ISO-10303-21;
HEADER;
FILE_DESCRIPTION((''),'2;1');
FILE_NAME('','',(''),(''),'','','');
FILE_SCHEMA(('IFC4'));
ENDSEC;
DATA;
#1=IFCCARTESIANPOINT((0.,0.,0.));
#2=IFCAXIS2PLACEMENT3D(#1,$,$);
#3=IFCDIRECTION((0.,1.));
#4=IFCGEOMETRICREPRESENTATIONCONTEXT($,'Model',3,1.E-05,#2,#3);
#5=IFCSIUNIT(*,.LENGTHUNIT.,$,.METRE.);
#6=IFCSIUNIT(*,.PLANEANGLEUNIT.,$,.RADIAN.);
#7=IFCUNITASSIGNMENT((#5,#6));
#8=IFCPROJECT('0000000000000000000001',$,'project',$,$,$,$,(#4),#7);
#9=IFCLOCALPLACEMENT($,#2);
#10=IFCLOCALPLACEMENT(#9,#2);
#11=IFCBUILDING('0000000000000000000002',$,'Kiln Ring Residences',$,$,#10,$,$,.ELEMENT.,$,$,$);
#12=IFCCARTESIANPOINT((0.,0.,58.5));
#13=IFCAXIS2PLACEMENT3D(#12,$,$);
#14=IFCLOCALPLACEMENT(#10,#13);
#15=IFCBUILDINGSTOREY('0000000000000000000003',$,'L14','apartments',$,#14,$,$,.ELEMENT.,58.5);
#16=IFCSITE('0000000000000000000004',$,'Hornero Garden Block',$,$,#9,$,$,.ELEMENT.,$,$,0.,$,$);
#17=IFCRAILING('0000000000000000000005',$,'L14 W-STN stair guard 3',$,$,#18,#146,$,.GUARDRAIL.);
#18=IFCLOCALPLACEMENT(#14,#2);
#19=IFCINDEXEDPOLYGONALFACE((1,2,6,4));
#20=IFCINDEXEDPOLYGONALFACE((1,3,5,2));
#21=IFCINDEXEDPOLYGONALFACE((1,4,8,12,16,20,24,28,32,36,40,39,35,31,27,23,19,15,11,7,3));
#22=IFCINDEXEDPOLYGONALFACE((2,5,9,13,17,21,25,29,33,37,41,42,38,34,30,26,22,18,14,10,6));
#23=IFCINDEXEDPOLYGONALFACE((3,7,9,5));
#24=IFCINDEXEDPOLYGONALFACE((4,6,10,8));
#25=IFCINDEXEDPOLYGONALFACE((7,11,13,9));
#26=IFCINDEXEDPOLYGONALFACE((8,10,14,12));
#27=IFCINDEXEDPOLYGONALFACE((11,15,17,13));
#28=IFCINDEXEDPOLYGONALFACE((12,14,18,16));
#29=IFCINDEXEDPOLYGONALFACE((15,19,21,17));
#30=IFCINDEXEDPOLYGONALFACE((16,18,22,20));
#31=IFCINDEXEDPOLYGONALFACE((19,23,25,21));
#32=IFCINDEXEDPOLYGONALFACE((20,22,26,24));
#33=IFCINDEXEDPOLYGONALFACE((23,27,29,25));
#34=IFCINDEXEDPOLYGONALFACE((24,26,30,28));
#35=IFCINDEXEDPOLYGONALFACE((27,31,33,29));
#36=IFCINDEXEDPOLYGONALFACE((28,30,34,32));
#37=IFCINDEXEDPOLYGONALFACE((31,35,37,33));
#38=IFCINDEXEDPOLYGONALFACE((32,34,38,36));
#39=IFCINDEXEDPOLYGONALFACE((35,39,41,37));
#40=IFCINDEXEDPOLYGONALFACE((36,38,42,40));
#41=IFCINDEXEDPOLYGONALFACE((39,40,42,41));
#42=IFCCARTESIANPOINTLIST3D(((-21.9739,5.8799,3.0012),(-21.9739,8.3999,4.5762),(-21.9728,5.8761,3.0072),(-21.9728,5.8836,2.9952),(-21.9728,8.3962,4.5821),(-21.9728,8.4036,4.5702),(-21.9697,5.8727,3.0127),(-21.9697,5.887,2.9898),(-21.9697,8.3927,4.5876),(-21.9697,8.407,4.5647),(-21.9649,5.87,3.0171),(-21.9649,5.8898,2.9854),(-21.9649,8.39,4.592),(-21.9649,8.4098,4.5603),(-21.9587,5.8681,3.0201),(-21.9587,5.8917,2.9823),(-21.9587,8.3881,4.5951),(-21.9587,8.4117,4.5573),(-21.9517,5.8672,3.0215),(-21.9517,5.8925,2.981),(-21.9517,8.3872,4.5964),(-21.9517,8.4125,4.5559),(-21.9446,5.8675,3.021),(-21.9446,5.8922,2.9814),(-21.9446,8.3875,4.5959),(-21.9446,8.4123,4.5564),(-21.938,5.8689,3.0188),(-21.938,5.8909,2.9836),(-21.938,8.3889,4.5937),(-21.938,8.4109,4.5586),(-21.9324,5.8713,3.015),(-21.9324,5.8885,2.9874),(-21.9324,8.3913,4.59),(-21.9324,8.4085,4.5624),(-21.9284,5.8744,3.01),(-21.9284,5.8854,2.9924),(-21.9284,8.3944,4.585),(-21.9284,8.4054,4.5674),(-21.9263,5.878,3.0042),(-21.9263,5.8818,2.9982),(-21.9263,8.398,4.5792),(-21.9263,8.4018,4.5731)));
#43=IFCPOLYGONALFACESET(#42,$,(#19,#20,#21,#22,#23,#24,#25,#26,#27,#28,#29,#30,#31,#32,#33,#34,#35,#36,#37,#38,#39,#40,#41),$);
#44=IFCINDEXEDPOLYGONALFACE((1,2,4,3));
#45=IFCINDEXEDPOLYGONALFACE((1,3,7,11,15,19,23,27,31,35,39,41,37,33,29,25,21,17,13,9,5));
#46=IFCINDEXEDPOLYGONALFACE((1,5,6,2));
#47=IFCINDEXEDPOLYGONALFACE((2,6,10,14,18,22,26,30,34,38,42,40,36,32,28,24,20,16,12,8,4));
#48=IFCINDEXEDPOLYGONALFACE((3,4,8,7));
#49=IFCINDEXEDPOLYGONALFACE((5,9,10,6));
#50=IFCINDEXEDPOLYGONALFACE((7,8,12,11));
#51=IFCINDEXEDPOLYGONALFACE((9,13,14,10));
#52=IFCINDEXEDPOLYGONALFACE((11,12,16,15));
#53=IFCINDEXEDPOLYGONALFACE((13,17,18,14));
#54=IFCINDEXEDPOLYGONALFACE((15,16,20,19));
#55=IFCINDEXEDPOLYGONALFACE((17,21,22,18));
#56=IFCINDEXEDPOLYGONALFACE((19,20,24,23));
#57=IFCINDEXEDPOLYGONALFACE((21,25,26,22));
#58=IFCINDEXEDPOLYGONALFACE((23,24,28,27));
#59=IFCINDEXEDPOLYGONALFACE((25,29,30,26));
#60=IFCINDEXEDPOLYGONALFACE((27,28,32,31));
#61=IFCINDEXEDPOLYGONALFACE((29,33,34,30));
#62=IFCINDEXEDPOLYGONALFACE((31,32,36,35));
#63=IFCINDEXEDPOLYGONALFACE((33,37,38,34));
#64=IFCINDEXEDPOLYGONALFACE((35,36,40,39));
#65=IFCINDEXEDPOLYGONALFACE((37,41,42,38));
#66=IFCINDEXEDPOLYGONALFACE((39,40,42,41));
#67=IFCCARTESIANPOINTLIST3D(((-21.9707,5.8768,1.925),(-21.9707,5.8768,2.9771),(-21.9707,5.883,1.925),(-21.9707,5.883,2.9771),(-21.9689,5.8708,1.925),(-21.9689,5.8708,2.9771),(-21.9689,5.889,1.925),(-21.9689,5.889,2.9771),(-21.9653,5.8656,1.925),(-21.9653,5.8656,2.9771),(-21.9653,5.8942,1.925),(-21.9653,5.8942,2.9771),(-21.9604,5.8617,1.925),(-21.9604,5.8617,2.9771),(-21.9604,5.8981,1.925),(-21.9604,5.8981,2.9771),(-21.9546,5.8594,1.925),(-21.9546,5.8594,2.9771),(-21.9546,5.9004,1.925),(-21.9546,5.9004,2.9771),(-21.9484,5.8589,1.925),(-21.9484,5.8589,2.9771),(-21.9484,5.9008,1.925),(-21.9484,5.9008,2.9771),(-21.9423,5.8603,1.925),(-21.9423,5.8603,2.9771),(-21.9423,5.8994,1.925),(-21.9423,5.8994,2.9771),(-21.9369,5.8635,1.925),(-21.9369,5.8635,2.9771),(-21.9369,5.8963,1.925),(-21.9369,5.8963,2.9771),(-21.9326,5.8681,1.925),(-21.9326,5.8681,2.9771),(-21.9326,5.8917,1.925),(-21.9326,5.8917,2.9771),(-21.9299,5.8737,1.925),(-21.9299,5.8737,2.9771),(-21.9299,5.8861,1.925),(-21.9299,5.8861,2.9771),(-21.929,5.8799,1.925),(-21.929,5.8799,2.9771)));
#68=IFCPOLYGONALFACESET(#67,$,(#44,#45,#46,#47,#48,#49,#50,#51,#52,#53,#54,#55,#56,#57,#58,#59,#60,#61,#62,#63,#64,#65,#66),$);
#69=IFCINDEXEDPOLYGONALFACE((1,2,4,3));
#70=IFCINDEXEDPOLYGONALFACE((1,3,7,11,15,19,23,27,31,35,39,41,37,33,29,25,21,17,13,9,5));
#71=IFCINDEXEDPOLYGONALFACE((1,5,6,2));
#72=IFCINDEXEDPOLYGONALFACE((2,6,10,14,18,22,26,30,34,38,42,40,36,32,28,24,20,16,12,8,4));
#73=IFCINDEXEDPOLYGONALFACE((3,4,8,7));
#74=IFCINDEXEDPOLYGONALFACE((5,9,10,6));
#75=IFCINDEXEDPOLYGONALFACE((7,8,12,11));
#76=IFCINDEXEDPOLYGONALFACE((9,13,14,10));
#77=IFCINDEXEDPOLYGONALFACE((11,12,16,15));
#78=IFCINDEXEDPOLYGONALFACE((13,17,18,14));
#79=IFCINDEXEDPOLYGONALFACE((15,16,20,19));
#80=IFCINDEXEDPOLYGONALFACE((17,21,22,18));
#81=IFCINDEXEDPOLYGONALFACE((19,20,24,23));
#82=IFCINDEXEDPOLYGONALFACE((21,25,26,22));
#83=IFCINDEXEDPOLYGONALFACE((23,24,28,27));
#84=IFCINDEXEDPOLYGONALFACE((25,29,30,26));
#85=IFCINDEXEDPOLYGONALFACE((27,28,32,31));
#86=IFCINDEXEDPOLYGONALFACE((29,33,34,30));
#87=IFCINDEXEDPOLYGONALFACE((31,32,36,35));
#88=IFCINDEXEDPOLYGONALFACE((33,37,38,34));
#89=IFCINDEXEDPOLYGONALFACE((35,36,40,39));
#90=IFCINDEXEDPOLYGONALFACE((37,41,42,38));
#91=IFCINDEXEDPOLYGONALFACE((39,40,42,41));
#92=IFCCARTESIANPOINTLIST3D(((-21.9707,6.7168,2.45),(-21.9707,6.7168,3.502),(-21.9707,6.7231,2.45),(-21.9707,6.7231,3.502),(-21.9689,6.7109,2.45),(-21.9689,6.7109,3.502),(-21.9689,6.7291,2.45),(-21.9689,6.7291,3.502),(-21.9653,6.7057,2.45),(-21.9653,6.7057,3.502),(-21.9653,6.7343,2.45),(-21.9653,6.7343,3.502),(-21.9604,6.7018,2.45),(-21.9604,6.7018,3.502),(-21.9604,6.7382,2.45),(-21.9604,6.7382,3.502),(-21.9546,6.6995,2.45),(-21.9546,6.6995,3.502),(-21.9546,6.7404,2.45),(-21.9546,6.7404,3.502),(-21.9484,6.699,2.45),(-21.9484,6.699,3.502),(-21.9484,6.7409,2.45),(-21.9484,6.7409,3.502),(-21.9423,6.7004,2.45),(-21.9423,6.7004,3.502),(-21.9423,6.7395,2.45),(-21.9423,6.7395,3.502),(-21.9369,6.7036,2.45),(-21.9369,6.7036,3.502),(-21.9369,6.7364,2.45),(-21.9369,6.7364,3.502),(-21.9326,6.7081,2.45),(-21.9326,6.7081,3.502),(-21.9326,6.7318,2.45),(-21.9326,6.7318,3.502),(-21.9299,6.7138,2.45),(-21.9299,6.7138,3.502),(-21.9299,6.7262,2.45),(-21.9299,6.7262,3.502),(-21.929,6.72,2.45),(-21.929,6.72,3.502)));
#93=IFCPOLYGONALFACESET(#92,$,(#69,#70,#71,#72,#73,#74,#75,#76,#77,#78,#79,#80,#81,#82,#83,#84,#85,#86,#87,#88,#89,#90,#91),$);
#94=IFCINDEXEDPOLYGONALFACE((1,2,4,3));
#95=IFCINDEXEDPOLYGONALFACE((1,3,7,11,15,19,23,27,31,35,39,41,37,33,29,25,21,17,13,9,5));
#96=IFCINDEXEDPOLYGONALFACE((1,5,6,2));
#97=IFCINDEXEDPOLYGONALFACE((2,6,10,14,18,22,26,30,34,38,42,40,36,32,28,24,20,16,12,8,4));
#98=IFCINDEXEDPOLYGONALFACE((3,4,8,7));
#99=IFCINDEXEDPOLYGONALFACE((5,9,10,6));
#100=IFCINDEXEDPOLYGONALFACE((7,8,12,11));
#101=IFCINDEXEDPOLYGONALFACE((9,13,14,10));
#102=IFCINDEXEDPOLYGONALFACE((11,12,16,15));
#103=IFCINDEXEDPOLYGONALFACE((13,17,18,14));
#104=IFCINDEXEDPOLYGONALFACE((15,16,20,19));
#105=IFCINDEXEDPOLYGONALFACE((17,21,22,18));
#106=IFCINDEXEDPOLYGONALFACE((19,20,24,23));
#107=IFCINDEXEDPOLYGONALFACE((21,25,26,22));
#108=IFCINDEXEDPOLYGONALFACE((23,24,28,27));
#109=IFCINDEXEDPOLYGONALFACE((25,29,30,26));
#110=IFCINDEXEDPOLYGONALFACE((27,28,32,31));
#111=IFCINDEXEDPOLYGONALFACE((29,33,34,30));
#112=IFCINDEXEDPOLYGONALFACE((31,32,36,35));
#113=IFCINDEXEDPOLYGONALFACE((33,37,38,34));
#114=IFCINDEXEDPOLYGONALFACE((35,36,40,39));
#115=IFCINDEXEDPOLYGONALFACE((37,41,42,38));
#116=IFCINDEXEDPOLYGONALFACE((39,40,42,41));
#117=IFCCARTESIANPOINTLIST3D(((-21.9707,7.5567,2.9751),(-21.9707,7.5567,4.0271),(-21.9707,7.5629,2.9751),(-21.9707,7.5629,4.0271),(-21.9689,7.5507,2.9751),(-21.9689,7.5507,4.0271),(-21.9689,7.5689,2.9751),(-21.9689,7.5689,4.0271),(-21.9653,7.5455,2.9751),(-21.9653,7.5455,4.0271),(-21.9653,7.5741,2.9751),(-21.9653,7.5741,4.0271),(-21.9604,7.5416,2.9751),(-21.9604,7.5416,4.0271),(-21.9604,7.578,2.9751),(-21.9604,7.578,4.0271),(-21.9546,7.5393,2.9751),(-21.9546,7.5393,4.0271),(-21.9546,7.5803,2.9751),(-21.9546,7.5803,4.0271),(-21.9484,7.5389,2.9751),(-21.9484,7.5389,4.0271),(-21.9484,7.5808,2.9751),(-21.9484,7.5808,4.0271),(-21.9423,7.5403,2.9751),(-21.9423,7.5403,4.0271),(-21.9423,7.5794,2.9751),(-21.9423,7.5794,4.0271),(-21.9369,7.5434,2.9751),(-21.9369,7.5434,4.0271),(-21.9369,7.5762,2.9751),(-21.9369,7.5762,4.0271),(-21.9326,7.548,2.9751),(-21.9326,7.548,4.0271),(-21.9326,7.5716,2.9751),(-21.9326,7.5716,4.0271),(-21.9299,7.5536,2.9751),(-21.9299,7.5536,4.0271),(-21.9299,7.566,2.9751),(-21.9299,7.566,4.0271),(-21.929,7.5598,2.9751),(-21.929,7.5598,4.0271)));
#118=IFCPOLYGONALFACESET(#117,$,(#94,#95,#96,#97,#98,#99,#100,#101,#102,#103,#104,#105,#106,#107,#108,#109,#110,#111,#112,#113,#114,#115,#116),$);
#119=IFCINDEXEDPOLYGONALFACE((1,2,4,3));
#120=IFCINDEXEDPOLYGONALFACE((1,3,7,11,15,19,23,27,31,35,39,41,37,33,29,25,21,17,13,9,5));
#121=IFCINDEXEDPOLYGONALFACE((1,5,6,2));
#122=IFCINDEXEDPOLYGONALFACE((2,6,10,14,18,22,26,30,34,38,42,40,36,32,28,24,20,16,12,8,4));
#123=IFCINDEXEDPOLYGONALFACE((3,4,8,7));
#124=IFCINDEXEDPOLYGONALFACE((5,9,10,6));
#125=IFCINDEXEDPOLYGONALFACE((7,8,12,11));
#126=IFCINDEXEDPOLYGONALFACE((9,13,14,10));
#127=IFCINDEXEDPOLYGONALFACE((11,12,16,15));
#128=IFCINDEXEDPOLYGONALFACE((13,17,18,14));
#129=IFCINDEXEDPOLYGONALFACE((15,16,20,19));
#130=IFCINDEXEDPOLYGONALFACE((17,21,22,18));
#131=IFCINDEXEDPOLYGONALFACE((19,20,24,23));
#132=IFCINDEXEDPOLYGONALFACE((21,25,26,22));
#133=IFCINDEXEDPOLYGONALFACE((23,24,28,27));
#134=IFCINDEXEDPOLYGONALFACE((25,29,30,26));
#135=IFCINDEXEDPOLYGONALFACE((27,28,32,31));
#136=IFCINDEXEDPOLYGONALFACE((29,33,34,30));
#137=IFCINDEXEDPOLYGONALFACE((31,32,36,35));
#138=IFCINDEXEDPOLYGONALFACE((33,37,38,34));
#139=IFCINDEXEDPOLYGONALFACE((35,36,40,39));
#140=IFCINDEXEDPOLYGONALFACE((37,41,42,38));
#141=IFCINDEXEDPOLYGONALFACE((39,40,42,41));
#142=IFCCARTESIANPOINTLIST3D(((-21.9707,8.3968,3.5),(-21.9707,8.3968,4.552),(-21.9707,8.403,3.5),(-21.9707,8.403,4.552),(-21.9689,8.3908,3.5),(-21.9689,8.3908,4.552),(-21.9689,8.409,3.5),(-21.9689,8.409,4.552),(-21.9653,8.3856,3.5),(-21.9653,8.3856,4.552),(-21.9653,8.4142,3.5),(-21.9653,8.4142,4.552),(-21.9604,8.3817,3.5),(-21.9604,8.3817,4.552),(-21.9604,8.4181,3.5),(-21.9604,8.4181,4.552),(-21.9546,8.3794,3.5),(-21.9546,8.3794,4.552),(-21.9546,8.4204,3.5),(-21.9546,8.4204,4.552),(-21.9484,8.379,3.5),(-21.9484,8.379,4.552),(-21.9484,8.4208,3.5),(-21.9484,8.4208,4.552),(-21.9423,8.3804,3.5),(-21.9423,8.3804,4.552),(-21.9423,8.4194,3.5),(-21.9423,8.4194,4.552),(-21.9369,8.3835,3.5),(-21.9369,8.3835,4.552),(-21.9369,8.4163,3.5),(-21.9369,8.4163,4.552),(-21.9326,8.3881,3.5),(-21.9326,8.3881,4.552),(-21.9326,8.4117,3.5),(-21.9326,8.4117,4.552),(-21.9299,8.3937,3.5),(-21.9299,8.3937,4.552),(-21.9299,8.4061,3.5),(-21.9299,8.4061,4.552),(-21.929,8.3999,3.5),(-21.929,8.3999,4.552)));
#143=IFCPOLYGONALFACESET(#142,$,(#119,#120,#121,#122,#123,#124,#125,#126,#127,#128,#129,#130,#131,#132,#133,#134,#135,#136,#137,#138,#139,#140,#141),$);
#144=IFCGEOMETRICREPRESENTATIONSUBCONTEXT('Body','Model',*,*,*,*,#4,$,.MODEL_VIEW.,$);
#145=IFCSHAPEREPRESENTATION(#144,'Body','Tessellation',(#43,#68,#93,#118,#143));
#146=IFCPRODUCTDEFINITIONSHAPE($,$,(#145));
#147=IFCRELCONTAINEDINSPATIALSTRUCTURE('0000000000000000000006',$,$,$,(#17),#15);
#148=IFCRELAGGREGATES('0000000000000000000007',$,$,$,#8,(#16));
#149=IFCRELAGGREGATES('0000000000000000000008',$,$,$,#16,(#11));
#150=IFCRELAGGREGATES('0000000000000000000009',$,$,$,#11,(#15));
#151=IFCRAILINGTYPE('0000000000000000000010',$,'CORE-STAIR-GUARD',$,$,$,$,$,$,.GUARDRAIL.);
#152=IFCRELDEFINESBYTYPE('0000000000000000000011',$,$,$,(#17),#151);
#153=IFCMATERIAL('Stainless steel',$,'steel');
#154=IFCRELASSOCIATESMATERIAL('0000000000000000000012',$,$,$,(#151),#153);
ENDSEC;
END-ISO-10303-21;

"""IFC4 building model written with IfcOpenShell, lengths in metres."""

from ifc_helpers import new_model, si_unit, direction, frame, origin, origin_2d, place, context, subcontext, project, spatial, circle, extrude, material, type_object, element, save


model = new_model("IFC4")

# Units and contexts
model_context = context("Model", 3, precision=1e-05, world=origin(), true_north=direction((0.0, 1.0)))
body_context = subcontext(model_context, "Body", "Model", "MODEL_VIEW")
ifc_project = project(units=[si_unit("LENGTHUNIT", "METRE"), si_unit("PLANEANGLEUNIT", "RADIAN")], contexts=[model_context])

# Site, building, storey
site_placement = place(None, origin())
site = spatial("IfcSite", under=ifc_project, at=site_placement, Name="Hornero Garden Block", CompositionType="ELEMENT", RefElevation=0.0)
building_placement = place(site_placement, origin())
building = spatial("IfcBuilding", under=site, at=building_placement, Name="Kiln Ring Residences", CompositionType="ELEMENT")
storey_placement = place(building_placement, frame((0.0, 0.0, 58.5)))
storey = spatial("IfcBuildingStorey", under=building, at=storey_placement, Name="L14", Description="apartments", CompositionType="ELEMENT", Elevation=58.5)

# Railing
ifc_material_1 = material(Name="Stainless steel", Category="steel")
railing_type_1 = type_object("IfcRailingType", Name="CORE-STAIR-GUARD", PredefinedType="GUARDRAIL", material=ifc_material_1)
railing_1_placement = place(storey_placement, frame((-21.95, 5.8799, 1.925)))
element("IfcRailing", 1, at=railing_1_placement, inside=storey, type_object=railing_type_1, Name="L14 W-STN stair guard 3", PredefinedType="GUARDRAIL", context=body_context, shape_type="SweptSolid", body=[
    extrude(circle(Radius=0.0239, at=origin_2d()), frame((0.0, 0.0, 1.0762), z_axis=(0.0, 0.848008, 0.529984), x_axis=(-1.0, 0.0, 0.0)), (0.0, 0.0, 1.0), 2.9717),
    extrude(circle(Radius=0.021, at=origin_2d()), origin(), (0.0, 0.0, 1.0), 1.052),
    extrude(circle(Radius=0.021, at=origin_2d()), frame((0.0, 0.8401, 0.5249)), (0.0, 0.0, 1.0), 1.052),
    extrude(circle(Radius=0.021, at=origin_2d()), frame((0.0, 1.6799, 1.05)), (0.0, 0.0, 1.0), 1.052),
    extrude(circle(Radius=0.021, at=origin_2d()), frame((0.0, 2.52, 1.575)), (0.0, 0.0, 1.0), 1.052),
])

save(model, "model.ifc")
